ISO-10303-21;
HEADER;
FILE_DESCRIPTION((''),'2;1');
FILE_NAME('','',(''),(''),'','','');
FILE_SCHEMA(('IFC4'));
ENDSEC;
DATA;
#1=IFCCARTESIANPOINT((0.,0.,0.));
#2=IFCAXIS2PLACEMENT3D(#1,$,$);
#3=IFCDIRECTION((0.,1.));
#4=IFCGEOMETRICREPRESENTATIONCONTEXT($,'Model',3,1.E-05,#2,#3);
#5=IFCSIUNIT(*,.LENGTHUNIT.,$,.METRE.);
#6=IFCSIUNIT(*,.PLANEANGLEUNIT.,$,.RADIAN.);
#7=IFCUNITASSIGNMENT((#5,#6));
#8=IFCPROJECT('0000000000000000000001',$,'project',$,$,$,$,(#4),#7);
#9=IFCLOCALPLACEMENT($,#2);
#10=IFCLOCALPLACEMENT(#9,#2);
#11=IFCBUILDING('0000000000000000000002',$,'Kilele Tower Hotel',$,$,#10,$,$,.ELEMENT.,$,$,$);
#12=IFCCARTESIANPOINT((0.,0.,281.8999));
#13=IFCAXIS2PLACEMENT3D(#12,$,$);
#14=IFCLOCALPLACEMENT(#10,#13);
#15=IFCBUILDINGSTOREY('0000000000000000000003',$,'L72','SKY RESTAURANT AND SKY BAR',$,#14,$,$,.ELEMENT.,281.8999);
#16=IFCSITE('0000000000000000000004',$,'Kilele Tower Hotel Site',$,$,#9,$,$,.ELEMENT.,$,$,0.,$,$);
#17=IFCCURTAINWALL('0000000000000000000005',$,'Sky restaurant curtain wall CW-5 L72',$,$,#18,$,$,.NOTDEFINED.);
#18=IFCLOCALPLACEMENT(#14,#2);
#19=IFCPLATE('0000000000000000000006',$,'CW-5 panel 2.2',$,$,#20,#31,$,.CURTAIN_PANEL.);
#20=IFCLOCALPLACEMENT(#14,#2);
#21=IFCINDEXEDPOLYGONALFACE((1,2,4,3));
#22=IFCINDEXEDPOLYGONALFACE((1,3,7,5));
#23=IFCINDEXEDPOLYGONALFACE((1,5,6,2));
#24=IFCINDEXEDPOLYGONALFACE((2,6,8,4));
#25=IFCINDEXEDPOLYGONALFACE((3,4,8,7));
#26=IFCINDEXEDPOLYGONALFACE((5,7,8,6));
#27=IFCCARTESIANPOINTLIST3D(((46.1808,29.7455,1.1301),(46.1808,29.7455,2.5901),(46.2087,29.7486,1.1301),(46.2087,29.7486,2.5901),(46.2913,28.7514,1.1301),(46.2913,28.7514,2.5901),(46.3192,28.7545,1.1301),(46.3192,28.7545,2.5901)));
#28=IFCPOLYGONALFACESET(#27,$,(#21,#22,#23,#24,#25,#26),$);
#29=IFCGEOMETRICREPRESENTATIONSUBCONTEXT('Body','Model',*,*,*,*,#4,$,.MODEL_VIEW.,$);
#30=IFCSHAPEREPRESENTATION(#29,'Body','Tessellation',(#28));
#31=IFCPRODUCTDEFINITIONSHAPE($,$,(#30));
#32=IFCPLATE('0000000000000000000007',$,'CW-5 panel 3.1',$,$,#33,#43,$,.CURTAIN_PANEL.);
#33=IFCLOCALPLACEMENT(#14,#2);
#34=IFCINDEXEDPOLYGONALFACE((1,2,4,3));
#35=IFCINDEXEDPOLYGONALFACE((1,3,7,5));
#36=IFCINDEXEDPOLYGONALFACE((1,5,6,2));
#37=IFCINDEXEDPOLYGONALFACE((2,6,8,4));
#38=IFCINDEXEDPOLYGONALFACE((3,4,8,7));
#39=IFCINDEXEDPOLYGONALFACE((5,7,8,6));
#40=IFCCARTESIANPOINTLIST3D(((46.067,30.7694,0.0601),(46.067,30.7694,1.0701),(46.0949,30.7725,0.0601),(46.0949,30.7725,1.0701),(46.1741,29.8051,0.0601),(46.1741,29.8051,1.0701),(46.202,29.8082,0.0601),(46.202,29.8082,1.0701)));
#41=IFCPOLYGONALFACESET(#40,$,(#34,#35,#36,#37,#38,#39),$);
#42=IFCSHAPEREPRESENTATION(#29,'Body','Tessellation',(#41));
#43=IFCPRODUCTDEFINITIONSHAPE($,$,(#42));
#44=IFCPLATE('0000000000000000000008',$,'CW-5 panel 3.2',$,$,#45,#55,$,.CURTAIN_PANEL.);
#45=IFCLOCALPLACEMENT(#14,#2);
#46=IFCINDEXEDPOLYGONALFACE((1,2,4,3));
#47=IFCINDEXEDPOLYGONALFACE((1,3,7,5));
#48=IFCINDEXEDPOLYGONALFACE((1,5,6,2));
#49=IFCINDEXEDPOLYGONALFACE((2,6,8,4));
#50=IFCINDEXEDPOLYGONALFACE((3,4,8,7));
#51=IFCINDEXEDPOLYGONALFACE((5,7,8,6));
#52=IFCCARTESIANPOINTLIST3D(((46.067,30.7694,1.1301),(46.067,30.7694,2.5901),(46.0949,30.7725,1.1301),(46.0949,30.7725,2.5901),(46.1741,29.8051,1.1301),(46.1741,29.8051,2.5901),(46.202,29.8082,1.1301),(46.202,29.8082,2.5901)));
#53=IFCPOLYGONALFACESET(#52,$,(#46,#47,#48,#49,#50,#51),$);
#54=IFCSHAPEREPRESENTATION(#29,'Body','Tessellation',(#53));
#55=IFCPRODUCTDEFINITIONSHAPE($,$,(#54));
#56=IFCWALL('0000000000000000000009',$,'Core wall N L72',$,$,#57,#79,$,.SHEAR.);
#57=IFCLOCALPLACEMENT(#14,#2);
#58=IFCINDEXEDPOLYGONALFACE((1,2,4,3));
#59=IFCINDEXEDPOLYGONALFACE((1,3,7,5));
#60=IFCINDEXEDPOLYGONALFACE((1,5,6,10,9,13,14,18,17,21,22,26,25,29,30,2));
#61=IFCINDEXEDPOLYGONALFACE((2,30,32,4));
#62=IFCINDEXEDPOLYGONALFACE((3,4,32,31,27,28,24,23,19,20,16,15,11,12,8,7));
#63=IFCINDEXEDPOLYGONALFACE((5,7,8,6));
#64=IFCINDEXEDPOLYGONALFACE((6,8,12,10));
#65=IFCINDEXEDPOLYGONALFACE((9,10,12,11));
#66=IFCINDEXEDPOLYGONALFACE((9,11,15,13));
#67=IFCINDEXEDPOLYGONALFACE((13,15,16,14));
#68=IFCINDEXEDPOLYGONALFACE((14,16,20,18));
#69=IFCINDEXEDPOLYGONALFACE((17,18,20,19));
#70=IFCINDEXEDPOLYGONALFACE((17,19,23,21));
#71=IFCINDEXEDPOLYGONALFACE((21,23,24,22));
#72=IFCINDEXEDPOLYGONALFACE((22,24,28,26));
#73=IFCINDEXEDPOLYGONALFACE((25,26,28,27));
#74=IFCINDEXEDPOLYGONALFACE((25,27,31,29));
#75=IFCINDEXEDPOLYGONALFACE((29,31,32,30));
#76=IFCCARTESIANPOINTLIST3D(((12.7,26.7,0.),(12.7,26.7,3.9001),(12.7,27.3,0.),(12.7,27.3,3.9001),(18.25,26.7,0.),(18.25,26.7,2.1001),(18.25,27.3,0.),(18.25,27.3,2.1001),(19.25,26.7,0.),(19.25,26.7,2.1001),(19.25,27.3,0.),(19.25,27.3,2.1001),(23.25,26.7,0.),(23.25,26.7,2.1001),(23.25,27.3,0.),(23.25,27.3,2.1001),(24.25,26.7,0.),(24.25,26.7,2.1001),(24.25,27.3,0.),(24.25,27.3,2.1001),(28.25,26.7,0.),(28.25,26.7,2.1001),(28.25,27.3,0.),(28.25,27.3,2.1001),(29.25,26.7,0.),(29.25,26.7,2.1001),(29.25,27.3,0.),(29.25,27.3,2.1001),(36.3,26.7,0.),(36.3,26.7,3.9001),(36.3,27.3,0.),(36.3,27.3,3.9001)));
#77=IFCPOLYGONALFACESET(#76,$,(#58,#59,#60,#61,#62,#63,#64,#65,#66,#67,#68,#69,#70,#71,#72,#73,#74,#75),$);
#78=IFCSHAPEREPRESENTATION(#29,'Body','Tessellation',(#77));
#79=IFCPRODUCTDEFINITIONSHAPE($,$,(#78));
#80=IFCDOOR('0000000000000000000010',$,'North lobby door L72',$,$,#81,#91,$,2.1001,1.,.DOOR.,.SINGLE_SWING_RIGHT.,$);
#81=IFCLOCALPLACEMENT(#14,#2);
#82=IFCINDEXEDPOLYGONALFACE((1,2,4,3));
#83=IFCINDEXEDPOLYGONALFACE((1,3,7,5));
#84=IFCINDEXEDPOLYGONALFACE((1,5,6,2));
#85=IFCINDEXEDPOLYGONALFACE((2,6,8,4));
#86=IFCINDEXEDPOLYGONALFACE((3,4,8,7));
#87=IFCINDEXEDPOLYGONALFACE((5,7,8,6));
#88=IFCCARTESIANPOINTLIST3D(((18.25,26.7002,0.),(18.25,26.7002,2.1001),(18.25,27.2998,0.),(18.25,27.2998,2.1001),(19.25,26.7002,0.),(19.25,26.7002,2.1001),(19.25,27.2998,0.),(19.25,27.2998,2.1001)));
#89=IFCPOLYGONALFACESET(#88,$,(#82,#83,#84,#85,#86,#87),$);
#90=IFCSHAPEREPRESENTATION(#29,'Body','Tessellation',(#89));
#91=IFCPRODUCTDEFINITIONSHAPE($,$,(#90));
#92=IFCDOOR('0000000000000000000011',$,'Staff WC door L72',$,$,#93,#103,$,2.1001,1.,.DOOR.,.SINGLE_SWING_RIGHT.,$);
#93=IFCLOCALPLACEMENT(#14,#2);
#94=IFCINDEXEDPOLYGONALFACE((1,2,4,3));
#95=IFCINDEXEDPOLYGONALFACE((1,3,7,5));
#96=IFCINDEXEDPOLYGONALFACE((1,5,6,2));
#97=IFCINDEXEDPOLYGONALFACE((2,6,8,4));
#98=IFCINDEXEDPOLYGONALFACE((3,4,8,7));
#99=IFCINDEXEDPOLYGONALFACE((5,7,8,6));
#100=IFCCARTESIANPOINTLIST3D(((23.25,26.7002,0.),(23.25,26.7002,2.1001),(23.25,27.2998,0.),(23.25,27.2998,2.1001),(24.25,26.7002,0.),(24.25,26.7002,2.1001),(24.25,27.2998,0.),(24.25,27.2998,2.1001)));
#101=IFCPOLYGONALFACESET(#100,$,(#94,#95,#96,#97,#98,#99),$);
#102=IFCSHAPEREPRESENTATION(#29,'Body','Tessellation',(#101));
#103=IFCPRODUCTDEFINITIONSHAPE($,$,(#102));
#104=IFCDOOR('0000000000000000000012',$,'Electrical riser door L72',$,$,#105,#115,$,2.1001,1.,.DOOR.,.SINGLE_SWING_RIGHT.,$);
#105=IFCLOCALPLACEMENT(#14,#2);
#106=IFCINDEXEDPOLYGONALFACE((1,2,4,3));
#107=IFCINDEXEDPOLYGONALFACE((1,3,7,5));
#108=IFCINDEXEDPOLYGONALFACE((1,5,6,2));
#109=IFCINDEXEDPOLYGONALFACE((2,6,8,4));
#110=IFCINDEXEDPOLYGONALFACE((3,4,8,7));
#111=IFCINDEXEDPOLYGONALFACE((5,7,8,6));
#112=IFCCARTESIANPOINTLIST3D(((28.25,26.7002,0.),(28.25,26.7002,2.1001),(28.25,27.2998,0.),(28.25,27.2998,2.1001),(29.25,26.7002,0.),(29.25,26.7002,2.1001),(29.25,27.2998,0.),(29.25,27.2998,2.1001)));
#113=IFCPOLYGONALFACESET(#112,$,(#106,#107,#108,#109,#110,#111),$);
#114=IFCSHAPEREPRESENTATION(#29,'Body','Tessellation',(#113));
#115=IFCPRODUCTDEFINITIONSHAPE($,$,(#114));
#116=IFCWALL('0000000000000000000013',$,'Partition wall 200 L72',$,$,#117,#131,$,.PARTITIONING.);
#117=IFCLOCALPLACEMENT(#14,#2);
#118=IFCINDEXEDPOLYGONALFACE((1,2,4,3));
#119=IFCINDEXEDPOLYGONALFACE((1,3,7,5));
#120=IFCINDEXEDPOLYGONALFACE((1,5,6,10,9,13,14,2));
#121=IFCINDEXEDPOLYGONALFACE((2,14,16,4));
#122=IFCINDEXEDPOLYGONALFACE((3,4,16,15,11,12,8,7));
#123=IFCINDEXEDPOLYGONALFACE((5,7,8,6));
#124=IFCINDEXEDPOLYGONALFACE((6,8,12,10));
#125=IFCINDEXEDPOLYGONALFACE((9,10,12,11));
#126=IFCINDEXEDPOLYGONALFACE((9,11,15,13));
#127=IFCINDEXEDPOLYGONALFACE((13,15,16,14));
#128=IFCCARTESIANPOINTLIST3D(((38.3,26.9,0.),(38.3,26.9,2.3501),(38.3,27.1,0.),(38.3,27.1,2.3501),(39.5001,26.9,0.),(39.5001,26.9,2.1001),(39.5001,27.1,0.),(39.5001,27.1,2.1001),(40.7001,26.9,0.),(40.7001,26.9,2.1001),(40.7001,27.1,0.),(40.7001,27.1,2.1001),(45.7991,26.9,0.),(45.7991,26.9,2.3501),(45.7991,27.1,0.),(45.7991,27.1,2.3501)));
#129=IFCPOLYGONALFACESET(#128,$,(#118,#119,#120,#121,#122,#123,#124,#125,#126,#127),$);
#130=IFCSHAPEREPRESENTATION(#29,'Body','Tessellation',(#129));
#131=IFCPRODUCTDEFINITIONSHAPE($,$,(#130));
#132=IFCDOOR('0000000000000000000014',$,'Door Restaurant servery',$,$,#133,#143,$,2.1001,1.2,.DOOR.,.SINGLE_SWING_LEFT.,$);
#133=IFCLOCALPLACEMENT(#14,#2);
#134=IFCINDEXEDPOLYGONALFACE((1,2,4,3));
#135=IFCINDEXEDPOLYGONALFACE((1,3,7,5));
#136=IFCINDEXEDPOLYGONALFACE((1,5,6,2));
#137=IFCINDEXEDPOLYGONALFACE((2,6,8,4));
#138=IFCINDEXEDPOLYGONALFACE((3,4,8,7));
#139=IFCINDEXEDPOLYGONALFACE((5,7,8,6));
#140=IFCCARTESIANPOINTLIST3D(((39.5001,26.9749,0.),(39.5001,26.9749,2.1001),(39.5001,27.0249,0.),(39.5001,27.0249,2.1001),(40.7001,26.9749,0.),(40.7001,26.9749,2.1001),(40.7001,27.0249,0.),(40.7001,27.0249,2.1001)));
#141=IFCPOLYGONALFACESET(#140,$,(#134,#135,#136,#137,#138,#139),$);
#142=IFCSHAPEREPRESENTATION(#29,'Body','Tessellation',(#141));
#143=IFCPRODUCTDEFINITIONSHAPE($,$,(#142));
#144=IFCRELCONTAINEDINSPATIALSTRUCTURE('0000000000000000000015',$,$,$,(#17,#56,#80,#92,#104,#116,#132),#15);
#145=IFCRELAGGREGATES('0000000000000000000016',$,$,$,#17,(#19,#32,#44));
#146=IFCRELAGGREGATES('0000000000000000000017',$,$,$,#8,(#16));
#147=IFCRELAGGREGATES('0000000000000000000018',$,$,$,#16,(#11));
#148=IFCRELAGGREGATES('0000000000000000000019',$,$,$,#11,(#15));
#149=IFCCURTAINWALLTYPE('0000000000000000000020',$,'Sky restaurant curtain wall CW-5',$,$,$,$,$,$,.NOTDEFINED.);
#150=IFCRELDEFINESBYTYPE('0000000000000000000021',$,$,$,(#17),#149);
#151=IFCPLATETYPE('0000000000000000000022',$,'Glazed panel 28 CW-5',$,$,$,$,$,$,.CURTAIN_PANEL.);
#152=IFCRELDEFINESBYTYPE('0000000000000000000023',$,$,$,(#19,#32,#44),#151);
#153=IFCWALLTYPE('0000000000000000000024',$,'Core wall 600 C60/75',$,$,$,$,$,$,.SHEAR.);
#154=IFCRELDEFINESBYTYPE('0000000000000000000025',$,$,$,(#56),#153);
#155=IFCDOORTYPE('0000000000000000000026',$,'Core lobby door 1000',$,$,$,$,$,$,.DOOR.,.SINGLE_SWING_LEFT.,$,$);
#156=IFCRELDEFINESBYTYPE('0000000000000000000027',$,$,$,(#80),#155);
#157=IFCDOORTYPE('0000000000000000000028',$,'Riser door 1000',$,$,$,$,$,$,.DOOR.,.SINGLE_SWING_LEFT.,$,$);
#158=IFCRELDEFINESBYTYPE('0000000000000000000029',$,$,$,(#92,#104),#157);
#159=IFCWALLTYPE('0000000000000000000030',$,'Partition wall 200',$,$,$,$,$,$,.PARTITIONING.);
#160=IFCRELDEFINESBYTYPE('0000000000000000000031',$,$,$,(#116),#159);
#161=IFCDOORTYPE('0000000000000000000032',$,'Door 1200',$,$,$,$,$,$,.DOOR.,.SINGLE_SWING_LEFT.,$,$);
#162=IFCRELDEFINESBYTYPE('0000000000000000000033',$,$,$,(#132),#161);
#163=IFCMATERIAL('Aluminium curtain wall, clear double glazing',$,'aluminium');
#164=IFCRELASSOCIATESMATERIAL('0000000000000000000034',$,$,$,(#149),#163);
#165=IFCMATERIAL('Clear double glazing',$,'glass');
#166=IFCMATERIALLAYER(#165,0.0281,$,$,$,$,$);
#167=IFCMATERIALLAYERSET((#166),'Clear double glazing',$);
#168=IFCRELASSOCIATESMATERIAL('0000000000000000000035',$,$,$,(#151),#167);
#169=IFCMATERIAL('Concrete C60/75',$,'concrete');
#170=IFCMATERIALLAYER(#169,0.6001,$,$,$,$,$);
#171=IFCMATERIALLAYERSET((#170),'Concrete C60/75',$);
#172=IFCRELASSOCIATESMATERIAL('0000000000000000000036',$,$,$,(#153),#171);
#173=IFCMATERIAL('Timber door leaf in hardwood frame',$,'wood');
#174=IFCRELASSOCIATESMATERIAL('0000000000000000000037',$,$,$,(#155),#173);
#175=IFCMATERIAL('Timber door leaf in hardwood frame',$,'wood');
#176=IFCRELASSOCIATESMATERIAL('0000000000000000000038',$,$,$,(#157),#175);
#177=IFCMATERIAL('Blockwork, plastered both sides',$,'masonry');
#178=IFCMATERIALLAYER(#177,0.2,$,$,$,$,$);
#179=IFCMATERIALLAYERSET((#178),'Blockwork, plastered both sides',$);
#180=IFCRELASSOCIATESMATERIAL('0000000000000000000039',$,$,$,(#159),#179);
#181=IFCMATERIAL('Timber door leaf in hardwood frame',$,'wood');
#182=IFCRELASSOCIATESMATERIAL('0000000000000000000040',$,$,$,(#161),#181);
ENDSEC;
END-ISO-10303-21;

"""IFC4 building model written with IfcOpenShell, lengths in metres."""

from ifc_helpers import new_model, si_unit, direction, frame, frame_2d, origin, origin_2d, place, context, subcontext, project, spatial, rectangle, extrude, material, layer, layer_set, type_object, element, fill, aggregate, save


model = new_model("IFC4")

# Units and contexts
model_context = context("Model", 3, precision=1e-05, world=origin(), true_north=direction((0.0, 1.0)))
body_context = subcontext(model_context, "Body", "Model", "MODEL_VIEW")
ifc_project = project(units=[si_unit("LENGTHUNIT", "METRE"), si_unit("PLANEANGLEUNIT", "RADIAN")], contexts=[model_context])

# Site, building, storey
site_placement = place(None, origin())
site = spatial("IfcSite", under=ifc_project, at=site_placement, Name="Kilele Tower Hotel Site", CompositionType="ELEMENT", RefElevation=0.0)
building_placement = place(site_placement, origin())
building = spatial("IfcBuilding", under=site, at=building_placement, Name="Kilele Tower Hotel", CompositionType="ELEMENT")
storey_placement = place(building_placement, frame((0.0, 0.0, 281.8999)))
storey = spatial("IfcBuildingStorey", under=building, at=storey_placement, Name="L72", Description="SKY RESTAURANT AND SKY BAR", CompositionType="ELEMENT", Elevation=281.8999)

# Curtain wall
ifc_material_1 = material(Name="Aluminium curtain wall, clear double glazing", Category="aluminium")
curtain_wall_type = type_object("IfcCurtainWallType", Name="Sky restaurant curtain wall CW-5", PredefinedType="NOTDEFINED", material=ifc_material_1)
curtain_wall_1_placement = place(storey_placement, origin())
curtain_wall_1 = element("IfcCurtainWall", 1, at=curtain_wall_1_placement, inside=storey, type_object=curtain_wall_type, Name="Sky restaurant curtain wall CW-5 L72", PredefinedType="NOTDEFINED")

# Plates
ifc_material_2 = material(Name="Clear double glazing", Category="glass")
ifc_layer_1 = layer(ifc_material_2, 0.0281)
ifc_layer_set_1 = layer_set([ifc_layer_1], Name="Clear double glazing")
plate_type = type_object("IfcPlateType", Name="Glazed panel 28 CW-5", PredefinedType="CURTAIN_PANEL", material=ifc_layer_set_1)
plate_1_placement = place(storey_placement, frame((46.25, 29.25, 1.1301), z_axis=(0.0, 0.0, 1.0), x_axis=(-0.110432, 0.993884, 0.0)))
plate_1 = element("IfcPlate", 2, at=plate_1_placement, type_object=plate_type, Name="CW-5 panel 2.2", PredefinedType="CURTAIN_PANEL", context=body_context, shape_type="SweptSolid", body=[
    extrude(rectangle(XDim=1.0002, YDim=0.0281, at=origin_2d()), origin(), (0.0, 0.0, 1.0), 1.46),
])
plate_2_placement = place(storey_placement, frame((46.1345, 30.2888, 0.0601), z_axis=(0.0, 0.0, 1.0), x_axis=(-0.110432, 0.993884, 0.0)))
plate_2 = element("IfcPlate", 3, at=plate_2_placement, type_object=plate_type, Name="CW-5 panel 3.1", PredefinedType="CURTAIN_PANEL", context=body_context, shape_type="SweptSolid", body=[
    extrude(rectangle(XDim=0.9702, YDim=0.0281, at=origin_2d()), origin(), (0.0, 0.0, 1.0), 1.01),
])
plate_3_placement = place(storey_placement, frame((46.1345, 30.2888, 1.1301), z_axis=(0.0, 0.0, 1.0), x_axis=(-0.110432, 0.993884, 0.0)))
plate_3 = element("IfcPlate", 4, at=plate_3_placement, type_object=plate_type, Name="CW-5 panel 3.2", PredefinedType="CURTAIN_PANEL", context=body_context, shape_type="SweptSolid", body=[
    extrude(rectangle(XDim=0.9702, YDim=0.0281, at=origin_2d()), origin(), (0.0, 0.0, 1.0), 1.46),
])
aggregate(curtain_wall_1, [plate_1, plate_2, plate_3])

# Wall, openings, doors
ifc_material_3 = material(Name="Concrete C60/75", Category="concrete")
ifc_layer_2 = layer(ifc_material_3, 0.6001)
ifc_layer_set_2 = layer_set([ifc_layer_2], Name="Concrete C60/75")
wall_type_1 = type_object("IfcWallType", Name="Core wall 600 C60/75", PredefinedType="SHEAR", material=ifc_layer_set_2)
wall_1_placement = place(storey_placement, frame((36.3, 27.0, 0.0), z_axis=(0.0, 0.0, 1.0), x_axis=(-1.0, 0.0, 0.0)))
wall_1 = element("IfcWall", 5, at=wall_1_placement, inside=storey, type_object=wall_type_1, Name="Core wall N L72", PredefinedType="SHEAR", context=body_context, shape_type="SweptSolid", body=[
    extrude(rectangle(XDim=23.6001, YDim=0.6001, at=frame_2d((11.8, 0.0))), origin(), (0.0, 0.0, 1.0), 3.9001),
])
opening_1_placement = place(wall_1_placement, frame((17.05, 0.0, 0.0)))
opening_1 = element("IfcOpeningElement", 6, at=opening_1_placement, cuts=wall_1, PredefinedType="OPENING", context=body_context, shape_type="SweptSolid", body=[
    extrude(rectangle(XDim=1.0, YDim=2.1001, at=frame_2d((0.5, 1.05))), frame((0.0, 0.3101, 0.0), z_axis=(0.0, -1.0, 0.0), x_axis=(1.0, 0.0, 0.0)), (0.0, 0.0, 1.0), 0.6201),
])
opening_2_placement = place(wall_1_placement, frame((12.05, 0.0, 0.0)))
opening_2 = element("IfcOpeningElement", 7, at=opening_2_placement, cuts=wall_1, PredefinedType="OPENING", context=body_context, shape_type="SweptSolid", body=[
    extrude(rectangle(XDim=1.0, YDim=2.1001, at=frame_2d((0.5, 1.05))), frame((0.0, 0.3101, 0.0), z_axis=(0.0, -1.0, 0.0), x_axis=(1.0, 0.0, 0.0)), (0.0, 0.0, 1.0), 0.6201),
])
opening_3_placement = place(wall_1_placement, frame((7.05, 0.0, 0.0)))
opening_3 = element("IfcOpeningElement", 8, at=opening_3_placement, cuts=wall_1, PredefinedType="OPENING", context=body_context, shape_type="SweptSolid", body=[
    extrude(rectangle(XDim=1.0, YDim=2.1001, at=frame_2d((0.5, 1.05))), frame((0.0, 0.3101, 0.0), z_axis=(0.0, -1.0, 0.0), x_axis=(1.0, 0.0, 0.0)), (0.0, 0.0, 1.0), 0.6201),
])
ifc_material_4 = material(Name="Timber door leaf in hardwood frame", Category="wood")
door_type_1 = type_object("IfcDoorType", Name="Core lobby door 1000", OperationType="SINGLE_SWING_LEFT", PredefinedType="DOOR", material=ifc_material_4)
door_1_placement = place(opening_1_placement, origin())
door_1 = element("IfcDoor", 9, at=door_1_placement, inside=storey, type_object=door_type_1, Name="North lobby door L72", OperationType="SINGLE_SWING_RIGHT", OverallHeight=2.1001, OverallWidth=1.0, PredefinedType="DOOR", context=body_context, shape_type="SweptSolid", body=[
    extrude(rectangle(XDim=1.0, YDim=2.1001, at=frame_2d((0.5, 1.05))), frame((0.0, 0.2998, 0.0), z_axis=(0.0, -1.0, 0.0), x_axis=(1.0, 0.0, 0.0)), (0.0, 0.0, 1.0), 0.5996),
])
fill(opening_1, door_1)
ifc_material_5 = material(Name="Timber door leaf in hardwood frame", Category="wood")
door_type_2 = type_object("IfcDoorType", Name="Riser door 1000", OperationType="SINGLE_SWING_LEFT", PredefinedType="DOOR", material=ifc_material_5)
door_2_placement = place(opening_2_placement, origin())
door_2 = element("IfcDoor", 10, at=door_2_placement, inside=storey, type_object=door_type_2, Name="Staff WC door L72", OperationType="SINGLE_SWING_RIGHT", OverallHeight=2.1001, OverallWidth=1.0, PredefinedType="DOOR", context=body_context, shape_type="SweptSolid", body=[
    extrude(rectangle(XDim=1.0, YDim=2.1001, at=frame_2d((0.5, 1.05))), frame((0.0, 0.2998, 0.0), z_axis=(0.0, -1.0, 0.0), x_axis=(1.0, 0.0, 0.0)), (0.0, 0.0, 1.0), 0.5996),
])
fill(opening_2, door_2)
door_3_placement = place(opening_3_placement, origin())
door_3 = element("IfcDoor", 11, at=door_3_placement, inside=storey, type_object=door_type_2, Name="Electrical riser door L72", OperationType="SINGLE_SWING_RIGHT", OverallHeight=2.1001, OverallWidth=1.0, PredefinedType="DOOR", context=body_context, shape_type="SweptSolid", body=[
    extrude(rectangle(XDim=1.0, YDim=2.1001, at=frame_2d((0.5, 1.05))), frame((0.0, 0.2998, 0.0), z_axis=(0.0, -1.0, 0.0), x_axis=(1.0, 0.0, 0.0)), (0.0, 0.0, 1.0), 0.5996),
])
fill(opening_3, door_3)

# Wall, opening, door
ifc_material_6 = material(Name="Blockwork, plastered both sides", Category="masonry")
ifc_layer_3 = layer(ifc_material_6, 0.2)
ifc_layer_set_3 = layer_set([ifc_layer_3], Name="Blockwork, plastered both sides")
wall_type_2 = type_object("IfcWallType", Name="Partition wall 200", PredefinedType="PARTITIONING", material=ifc_layer_set_3)
wall_2_placement = place(storey_placement, frame((38.3, 27.0, 0.0), z_axis=(0.0, 0.0, 1.0), x_axis=(1.0, 0.0, 0.0)))
wall_2 = element("IfcWall", 12, at=wall_2_placement, inside=storey, type_object=wall_type_2, Name="Partition wall 200 L72", PredefinedType="PARTITIONING", context=body_context, shape_type="SweptSolid", body=[
    extrude(rectangle(XDim=7.499, YDim=0.2, at=frame_2d((3.7495, 0.0))), origin(), (0.0, 0.0, 1.0), 2.3501),
])
opening_4_placement = place(wall_2_placement, frame((1.2, 0.0, 0.0)))
opening_4 = element("IfcOpeningElement", 13, at=opening_4_placement, cuts=wall_2, PredefinedType="OPENING", context=body_context, shape_type="SweptSolid", body=[
    extrude(rectangle(XDim=1.2, YDim=2.1001, at=frame_2d((0.6001, 1.05))), frame((0.0, 0.1099, 0.0), z_axis=(0.0, -1.0, 0.0), x_axis=(1.0, 0.0, 0.0)), (0.0, 0.0, 1.0), 0.22),
])
ifc_material_7 = material(Name="Timber door leaf in hardwood frame", Category="wood")
door_type_3 = type_object("IfcDoorType", Name="Door 1200", OperationType="SINGLE_SWING_LEFT", PredefinedType="DOOR", material=ifc_material_7)
door_4_placement = place(opening_4_placement, origin())
door_4 = element("IfcDoor", 14, at=door_4_placement, inside=storey, type_object=door_type_3, Name="Door Restaurant servery", OperationType="SINGLE_SWING_LEFT", OverallHeight=2.1001, OverallWidth=1.2, PredefinedType="DOOR", context=body_context, shape_type="SweptSolid", body=[
    extrude(rectangle(XDim=1.2, YDim=2.1001, at=frame_2d((0.6001, 1.05))), frame((0.0, 0.0249, 0.0), z_axis=(0.0, -1.0, 0.0), x_axis=(1.0, 0.0, 0.0)), (0.0, 0.0, 1.0), 0.05),
])
fill(opening_4, door_4)

save(model, "model.ifc")
